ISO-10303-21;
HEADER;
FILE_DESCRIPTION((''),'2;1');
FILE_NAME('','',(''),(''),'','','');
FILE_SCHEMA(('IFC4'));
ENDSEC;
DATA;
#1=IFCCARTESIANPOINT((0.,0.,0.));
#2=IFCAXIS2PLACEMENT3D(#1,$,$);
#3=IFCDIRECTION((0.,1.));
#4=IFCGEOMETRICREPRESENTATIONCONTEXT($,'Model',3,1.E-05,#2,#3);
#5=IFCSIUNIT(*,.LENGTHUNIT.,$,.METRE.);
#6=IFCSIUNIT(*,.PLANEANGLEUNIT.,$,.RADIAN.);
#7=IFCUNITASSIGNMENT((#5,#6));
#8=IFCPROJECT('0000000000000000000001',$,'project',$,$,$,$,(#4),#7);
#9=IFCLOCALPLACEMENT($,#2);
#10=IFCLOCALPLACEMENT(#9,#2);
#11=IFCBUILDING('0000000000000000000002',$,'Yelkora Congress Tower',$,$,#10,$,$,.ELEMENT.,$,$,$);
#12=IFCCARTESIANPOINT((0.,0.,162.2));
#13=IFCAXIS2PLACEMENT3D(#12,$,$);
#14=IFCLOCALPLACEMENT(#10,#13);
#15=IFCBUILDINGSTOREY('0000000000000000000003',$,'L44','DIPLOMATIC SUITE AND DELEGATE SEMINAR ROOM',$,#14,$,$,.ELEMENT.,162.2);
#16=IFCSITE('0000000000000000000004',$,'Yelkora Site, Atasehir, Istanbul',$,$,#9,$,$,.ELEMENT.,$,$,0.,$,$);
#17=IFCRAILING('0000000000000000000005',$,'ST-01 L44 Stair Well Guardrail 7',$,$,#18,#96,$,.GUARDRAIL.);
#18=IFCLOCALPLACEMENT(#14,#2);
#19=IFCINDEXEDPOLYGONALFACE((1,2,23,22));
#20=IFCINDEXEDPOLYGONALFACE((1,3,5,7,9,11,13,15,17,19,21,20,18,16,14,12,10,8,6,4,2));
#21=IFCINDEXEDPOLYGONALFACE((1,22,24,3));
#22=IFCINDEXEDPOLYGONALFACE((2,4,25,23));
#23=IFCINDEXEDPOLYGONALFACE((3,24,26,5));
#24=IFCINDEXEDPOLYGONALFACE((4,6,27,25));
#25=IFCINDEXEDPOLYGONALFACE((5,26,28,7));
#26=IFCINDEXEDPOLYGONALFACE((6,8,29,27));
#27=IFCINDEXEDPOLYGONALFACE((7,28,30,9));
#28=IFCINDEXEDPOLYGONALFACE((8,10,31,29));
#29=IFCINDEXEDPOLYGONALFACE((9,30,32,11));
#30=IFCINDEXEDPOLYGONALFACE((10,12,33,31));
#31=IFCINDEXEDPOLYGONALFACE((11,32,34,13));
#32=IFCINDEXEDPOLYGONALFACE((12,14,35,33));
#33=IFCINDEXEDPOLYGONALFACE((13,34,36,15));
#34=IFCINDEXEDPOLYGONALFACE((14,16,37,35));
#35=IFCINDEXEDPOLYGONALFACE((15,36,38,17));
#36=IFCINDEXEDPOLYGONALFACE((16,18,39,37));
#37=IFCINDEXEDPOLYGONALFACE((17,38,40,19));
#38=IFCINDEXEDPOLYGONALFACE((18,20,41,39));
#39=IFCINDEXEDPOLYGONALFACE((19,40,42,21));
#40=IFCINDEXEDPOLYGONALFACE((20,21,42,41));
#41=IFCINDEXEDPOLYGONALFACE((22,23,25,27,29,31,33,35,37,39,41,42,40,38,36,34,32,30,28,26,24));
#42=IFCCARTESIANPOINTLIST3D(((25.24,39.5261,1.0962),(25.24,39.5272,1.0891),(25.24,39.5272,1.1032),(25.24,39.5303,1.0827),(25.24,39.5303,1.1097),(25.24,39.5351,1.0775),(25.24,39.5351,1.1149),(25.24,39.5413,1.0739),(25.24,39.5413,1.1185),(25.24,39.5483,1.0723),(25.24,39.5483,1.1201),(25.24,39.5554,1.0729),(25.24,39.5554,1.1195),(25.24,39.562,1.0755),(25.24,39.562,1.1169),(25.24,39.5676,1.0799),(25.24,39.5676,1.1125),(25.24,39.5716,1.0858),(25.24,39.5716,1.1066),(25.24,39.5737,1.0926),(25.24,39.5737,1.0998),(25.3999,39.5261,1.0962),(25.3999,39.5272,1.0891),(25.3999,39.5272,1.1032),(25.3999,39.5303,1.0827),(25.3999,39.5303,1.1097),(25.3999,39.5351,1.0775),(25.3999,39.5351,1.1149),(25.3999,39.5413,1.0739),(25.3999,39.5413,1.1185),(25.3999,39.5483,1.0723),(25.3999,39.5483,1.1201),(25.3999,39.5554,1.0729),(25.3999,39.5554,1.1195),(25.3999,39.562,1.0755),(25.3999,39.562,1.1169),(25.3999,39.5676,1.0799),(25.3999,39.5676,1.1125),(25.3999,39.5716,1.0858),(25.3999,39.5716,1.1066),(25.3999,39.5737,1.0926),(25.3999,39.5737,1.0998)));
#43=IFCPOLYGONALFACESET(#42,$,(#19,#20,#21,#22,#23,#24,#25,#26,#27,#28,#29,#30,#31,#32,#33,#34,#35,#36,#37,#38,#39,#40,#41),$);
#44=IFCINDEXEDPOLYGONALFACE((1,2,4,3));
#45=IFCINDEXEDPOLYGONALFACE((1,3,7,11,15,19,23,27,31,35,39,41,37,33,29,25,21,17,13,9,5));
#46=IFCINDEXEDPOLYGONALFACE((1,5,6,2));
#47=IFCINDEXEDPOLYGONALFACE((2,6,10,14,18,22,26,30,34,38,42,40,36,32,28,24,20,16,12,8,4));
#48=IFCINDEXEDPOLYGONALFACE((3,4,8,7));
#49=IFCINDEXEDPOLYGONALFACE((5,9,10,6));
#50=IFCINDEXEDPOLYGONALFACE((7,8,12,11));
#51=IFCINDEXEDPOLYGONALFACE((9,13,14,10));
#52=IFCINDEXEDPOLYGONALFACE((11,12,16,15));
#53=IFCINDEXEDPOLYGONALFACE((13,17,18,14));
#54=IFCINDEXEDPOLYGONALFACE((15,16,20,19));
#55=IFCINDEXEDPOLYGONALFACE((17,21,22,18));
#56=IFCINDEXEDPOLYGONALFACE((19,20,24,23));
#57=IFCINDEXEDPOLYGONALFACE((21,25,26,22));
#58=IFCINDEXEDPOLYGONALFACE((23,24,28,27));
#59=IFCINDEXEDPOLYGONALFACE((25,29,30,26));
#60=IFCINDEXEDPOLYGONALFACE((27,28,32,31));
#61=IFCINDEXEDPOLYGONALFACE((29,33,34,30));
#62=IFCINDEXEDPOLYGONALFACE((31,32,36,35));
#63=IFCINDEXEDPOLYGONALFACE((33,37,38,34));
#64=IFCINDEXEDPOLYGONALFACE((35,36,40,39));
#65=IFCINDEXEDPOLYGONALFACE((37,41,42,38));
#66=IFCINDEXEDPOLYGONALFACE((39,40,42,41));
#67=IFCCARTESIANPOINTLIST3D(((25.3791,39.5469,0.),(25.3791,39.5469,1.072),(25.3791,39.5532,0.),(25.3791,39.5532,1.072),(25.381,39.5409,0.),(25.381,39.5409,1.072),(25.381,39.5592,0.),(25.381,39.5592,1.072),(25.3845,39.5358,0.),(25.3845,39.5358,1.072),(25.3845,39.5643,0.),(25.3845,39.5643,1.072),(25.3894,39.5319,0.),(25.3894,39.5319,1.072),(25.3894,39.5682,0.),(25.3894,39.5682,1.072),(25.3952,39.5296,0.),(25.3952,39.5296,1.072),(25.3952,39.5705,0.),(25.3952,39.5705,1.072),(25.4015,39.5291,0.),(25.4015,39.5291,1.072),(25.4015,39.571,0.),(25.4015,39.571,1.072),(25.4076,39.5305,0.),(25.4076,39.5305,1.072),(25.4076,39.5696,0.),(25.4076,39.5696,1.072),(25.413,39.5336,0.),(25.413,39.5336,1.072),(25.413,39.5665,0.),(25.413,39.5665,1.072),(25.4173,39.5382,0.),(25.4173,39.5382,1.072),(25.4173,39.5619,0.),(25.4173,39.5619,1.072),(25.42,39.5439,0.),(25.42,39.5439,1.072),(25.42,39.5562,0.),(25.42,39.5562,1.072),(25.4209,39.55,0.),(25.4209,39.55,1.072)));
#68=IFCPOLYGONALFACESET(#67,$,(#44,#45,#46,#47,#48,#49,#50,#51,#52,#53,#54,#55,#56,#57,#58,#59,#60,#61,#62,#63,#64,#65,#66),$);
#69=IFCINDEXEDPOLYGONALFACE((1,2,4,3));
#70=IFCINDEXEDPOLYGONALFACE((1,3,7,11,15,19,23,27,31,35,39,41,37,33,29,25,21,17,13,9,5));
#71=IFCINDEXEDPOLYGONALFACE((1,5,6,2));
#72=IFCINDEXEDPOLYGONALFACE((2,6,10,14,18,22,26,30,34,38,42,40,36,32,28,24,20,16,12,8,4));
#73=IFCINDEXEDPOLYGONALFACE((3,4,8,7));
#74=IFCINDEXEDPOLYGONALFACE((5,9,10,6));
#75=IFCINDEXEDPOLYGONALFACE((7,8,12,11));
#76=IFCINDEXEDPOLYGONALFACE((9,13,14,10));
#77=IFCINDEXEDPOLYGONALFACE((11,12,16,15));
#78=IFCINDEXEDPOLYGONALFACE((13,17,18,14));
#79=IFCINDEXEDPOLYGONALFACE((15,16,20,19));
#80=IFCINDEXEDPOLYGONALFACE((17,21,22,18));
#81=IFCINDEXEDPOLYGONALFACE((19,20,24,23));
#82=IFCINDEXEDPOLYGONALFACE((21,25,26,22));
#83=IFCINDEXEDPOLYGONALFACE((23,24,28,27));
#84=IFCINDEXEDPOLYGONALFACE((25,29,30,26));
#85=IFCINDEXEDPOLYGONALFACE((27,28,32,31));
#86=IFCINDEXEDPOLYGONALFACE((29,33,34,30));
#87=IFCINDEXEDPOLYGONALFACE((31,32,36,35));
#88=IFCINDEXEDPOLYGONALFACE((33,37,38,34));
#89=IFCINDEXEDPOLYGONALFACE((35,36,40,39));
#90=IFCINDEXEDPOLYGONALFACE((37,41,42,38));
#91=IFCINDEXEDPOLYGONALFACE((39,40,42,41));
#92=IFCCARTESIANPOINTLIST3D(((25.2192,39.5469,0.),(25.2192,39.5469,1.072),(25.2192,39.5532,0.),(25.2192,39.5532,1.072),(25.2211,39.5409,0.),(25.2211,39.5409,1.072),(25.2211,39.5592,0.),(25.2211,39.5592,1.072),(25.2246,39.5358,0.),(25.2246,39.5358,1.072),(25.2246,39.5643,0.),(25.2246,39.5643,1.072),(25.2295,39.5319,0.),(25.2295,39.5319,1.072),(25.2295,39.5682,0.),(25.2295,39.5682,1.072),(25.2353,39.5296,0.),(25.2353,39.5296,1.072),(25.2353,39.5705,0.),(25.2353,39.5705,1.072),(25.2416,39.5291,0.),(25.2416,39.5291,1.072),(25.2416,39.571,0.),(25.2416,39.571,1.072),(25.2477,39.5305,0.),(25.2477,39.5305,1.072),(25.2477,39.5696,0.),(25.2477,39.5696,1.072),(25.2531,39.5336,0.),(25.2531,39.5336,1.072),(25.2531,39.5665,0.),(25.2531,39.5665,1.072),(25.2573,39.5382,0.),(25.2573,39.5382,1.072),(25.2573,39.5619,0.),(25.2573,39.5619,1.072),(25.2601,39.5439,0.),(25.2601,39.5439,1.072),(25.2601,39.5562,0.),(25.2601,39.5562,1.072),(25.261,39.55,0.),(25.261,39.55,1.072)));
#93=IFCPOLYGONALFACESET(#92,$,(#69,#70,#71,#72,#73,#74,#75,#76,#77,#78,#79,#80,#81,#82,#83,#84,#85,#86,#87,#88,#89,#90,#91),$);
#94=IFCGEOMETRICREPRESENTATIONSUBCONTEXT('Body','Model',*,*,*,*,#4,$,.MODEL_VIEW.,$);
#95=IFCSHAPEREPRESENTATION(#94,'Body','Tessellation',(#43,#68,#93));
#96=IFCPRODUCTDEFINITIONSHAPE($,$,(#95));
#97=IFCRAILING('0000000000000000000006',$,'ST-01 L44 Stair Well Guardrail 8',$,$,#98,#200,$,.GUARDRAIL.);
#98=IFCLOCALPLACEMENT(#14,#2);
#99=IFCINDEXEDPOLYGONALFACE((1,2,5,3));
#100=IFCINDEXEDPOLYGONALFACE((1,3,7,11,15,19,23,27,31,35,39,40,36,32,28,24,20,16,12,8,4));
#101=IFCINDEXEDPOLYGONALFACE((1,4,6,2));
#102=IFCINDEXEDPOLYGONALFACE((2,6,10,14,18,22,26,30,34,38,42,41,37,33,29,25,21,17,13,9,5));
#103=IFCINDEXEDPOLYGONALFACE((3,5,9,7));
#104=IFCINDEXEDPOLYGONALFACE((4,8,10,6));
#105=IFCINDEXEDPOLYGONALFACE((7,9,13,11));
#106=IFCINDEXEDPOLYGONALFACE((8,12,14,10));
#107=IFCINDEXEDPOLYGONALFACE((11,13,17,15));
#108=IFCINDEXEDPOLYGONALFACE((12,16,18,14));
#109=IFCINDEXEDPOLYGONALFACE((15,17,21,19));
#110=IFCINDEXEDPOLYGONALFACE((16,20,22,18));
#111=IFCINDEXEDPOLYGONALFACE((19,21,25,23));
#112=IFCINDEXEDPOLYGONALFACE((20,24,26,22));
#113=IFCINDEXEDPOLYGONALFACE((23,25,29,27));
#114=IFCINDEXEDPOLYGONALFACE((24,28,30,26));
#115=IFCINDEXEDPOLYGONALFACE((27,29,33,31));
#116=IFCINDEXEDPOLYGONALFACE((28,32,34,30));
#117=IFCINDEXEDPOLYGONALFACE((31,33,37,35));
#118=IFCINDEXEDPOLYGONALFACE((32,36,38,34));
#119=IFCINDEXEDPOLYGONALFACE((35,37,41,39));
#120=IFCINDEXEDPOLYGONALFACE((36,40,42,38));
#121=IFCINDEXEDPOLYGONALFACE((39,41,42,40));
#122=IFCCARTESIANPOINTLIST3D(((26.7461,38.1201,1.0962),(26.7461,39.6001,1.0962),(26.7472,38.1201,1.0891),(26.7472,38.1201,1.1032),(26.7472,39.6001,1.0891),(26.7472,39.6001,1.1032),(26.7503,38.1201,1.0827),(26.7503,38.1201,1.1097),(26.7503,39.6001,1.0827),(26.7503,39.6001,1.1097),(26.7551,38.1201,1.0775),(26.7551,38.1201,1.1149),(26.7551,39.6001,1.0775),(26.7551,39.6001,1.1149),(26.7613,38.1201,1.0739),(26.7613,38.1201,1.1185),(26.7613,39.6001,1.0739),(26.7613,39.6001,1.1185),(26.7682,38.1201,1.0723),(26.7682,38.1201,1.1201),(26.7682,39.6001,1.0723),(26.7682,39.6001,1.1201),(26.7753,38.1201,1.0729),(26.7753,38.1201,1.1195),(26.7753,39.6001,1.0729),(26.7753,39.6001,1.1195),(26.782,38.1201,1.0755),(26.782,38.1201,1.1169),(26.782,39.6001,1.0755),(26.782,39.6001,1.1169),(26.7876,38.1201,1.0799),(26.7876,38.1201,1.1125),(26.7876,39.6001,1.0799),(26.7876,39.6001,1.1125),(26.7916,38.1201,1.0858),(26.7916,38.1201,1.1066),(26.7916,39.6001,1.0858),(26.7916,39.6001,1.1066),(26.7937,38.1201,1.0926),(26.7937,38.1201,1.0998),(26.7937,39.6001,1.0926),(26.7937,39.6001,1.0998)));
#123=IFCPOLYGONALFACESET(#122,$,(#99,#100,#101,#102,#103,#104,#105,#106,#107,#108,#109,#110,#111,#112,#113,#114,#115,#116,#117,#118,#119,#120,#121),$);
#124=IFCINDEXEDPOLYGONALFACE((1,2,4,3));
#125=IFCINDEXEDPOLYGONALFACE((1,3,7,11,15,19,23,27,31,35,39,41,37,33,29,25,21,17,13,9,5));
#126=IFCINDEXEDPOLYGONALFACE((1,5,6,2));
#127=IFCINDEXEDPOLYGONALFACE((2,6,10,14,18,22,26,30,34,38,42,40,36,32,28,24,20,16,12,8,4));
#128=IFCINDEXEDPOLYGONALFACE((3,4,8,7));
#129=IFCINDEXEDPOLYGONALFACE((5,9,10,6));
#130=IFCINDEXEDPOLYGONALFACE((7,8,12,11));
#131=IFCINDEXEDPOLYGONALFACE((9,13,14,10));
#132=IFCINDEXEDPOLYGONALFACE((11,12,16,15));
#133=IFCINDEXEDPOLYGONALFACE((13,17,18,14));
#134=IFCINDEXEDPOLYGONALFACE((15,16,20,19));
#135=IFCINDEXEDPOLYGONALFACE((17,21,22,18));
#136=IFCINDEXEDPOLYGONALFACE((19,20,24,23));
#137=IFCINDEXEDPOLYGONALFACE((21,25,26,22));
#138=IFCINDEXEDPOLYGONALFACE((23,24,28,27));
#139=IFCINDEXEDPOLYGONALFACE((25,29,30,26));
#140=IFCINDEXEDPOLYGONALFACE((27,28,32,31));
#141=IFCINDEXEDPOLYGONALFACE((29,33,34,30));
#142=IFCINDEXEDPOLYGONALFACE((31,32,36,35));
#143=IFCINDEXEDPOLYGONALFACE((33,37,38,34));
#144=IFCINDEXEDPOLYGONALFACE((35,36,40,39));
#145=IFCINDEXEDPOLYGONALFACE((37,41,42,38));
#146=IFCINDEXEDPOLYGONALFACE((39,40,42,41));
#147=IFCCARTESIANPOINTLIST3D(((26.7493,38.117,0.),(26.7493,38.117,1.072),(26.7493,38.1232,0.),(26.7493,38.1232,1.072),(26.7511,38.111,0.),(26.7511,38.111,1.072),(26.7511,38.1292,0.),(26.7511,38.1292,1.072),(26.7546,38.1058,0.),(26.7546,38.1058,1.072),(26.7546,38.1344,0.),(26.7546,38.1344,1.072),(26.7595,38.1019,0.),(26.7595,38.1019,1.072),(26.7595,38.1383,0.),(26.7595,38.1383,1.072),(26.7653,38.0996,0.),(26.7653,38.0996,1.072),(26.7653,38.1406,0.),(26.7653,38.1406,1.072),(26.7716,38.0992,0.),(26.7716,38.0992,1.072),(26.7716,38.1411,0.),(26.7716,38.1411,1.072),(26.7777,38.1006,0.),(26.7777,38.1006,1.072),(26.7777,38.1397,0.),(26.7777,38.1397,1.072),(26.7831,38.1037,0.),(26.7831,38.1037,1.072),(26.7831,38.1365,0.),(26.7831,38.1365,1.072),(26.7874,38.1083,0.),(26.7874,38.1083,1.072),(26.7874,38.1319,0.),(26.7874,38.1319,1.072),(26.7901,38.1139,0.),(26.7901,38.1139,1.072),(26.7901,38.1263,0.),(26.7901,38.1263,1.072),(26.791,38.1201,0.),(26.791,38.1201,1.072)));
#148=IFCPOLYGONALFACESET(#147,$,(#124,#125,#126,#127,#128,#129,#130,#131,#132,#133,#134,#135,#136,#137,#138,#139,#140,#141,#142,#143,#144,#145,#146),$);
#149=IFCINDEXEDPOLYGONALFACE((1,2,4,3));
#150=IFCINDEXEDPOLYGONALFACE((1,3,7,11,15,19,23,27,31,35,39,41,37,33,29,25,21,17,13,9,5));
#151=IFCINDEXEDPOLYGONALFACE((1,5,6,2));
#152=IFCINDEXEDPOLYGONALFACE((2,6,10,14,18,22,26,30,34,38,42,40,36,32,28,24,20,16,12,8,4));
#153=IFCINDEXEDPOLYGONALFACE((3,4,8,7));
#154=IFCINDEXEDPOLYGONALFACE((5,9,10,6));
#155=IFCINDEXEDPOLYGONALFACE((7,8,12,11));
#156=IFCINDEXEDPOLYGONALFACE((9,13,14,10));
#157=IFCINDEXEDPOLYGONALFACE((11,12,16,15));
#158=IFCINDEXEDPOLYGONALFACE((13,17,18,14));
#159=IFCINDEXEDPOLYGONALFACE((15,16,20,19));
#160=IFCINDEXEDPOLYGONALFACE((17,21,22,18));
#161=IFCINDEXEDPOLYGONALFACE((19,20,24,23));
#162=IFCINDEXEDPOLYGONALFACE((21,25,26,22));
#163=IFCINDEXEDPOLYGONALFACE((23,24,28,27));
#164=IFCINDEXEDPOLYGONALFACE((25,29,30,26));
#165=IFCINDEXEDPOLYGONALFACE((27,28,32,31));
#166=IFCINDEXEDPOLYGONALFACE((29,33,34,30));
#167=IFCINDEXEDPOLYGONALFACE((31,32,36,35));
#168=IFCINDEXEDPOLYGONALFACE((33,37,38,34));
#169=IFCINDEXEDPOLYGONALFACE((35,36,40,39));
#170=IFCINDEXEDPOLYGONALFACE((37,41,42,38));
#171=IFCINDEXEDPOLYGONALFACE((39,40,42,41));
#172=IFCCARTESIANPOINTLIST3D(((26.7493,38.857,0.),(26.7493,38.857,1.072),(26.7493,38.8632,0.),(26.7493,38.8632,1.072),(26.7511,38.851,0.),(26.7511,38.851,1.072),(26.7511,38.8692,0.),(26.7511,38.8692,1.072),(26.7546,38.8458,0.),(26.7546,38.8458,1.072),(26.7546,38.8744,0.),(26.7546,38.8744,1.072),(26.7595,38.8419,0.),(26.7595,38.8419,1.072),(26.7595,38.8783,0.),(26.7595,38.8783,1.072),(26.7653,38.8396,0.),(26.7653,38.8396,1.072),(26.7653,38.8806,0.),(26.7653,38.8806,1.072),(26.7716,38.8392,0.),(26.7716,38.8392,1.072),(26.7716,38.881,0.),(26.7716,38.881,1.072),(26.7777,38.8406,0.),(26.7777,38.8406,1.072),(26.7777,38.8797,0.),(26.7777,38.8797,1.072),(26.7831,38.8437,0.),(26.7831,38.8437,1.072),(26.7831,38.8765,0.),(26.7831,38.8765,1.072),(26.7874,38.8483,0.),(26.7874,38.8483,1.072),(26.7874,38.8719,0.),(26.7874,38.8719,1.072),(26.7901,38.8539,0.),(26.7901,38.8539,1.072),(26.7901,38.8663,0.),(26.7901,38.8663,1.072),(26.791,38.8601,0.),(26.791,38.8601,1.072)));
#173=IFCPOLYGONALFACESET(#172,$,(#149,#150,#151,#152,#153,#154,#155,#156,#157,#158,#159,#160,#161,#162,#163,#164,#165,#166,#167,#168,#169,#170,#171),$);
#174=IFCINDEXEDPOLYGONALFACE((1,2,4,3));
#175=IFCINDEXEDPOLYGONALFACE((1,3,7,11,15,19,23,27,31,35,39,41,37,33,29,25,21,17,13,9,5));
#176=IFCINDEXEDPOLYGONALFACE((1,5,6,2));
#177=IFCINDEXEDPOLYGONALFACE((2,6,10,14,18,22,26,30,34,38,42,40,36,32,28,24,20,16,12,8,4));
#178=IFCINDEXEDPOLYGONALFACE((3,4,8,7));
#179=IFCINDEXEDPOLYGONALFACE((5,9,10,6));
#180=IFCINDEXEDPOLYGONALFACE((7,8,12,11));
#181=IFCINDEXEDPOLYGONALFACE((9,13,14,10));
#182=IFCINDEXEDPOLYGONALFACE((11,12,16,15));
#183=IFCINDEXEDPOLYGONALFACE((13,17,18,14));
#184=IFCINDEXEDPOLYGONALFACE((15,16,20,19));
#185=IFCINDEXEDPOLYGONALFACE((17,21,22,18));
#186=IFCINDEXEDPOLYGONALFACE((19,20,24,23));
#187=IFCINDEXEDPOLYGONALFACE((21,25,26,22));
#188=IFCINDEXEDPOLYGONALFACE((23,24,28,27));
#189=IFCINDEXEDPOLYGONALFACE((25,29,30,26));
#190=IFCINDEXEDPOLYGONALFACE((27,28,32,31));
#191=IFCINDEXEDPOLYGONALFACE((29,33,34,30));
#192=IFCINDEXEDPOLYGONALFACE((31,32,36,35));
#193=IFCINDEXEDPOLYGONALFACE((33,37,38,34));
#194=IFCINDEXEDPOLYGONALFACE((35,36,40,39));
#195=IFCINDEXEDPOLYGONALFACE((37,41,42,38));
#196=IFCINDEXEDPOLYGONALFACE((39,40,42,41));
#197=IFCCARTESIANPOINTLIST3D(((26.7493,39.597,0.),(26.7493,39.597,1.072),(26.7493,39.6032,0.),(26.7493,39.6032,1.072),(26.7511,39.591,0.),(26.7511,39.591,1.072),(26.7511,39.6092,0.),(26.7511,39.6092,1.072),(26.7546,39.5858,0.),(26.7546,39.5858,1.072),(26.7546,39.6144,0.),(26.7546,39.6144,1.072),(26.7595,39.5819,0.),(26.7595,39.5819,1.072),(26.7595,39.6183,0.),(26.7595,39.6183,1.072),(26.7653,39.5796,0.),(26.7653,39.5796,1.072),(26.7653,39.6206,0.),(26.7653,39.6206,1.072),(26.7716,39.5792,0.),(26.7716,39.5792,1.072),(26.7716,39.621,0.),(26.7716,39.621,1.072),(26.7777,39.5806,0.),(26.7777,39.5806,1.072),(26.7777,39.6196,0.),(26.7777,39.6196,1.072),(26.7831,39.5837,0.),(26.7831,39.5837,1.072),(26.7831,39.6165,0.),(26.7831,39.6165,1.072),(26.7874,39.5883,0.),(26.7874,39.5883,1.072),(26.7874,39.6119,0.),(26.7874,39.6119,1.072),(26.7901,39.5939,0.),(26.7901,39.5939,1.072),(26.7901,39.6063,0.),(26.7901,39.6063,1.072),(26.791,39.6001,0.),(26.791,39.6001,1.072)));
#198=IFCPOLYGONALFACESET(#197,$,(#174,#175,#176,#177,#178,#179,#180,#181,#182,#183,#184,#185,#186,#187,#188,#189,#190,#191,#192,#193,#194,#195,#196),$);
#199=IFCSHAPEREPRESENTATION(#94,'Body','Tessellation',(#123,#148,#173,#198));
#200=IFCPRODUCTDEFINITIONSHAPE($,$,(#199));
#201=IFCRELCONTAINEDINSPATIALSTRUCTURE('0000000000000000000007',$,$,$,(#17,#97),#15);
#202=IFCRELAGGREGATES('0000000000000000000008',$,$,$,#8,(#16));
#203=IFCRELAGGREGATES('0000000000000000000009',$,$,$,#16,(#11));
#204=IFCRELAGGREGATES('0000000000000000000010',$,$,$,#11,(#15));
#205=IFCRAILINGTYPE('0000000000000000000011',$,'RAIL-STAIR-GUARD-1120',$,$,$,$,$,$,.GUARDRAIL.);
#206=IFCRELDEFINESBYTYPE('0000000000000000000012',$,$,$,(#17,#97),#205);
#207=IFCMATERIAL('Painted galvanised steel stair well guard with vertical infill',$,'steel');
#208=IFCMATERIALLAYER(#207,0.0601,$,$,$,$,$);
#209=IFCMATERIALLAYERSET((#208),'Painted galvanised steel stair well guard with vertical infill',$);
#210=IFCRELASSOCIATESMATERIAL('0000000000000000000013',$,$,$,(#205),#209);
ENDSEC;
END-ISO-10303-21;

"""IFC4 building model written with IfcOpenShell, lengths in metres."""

from ifc_helpers import new_model, si_unit, direction, frame, origin, origin_2d, place, context, subcontext, project, spatial, circle, extrude, material, layer, layer_set, type_object, element, save


model = new_model("IFC4")

# Units and contexts
model_context = context("Model", 3, precision=1e-05, world=origin(), true_north=direction((0.0, 1.0)))
body_context = subcontext(model_context, "Body", "Model", "MODEL_VIEW")
ifc_project = project(units=[si_unit("LENGTHUNIT", "METRE"), si_unit("PLANEANGLEUNIT", "RADIAN")], contexts=[model_context])

# Site, building, storey
site_placement = place(None, origin())
site = spatial("IfcSite", under=ifc_project, at=site_placement, Name="Yelkora Site, Atasehir, Istanbul", CompositionType="ELEMENT", RefElevation=0.0)
building_placement = place(site_placement, origin())
building = spatial("IfcBuilding", under=site, at=building_placement, Name="Yelkora Congress Tower", CompositionType="ELEMENT")
storey_placement = place(building_placement, frame((0.0, 0.0, 162.2)))
storey = spatial("IfcBuildingStorey", under=building, at=storey_placement, Name="L44", Description="DIPLOMATIC SUITE AND DELEGATE SEMINAR ROOM", CompositionType="ELEMENT", Elevation=162.2)

# Railings
ifc_material_1 = material(Name="Painted galvanised steel stair well guard with vertical infill", Category="steel")
ifc_layer_1 = layer(ifc_material_1, 0.0601)
ifc_layer_set_1 = layer_set([ifc_layer_1], Name="Painted galvanised steel stair well guard with vertical infill")
railing_type_1 = type_object("IfcRailingType", Name="RAIL-STAIR-GUARD-1120", PredefinedType="GUARDRAIL", material=ifc_layer_set_1)
railing_1_placement = place(storey_placement, frame((25.3999, 39.55, 0.0)))
element("IfcRailing", 1, at=railing_1_placement, inside=storey, type_object=railing_type_1, Name="ST-01 L44 Stair Well Guardrail 7", PredefinedType="GUARDRAIL", context=body_context, shape_type="SweptSolid", body=[
    extrude(circle(Radius=0.0239, at=origin_2d()), frame((0.0, 0.0, 1.0962), z_axis=(-1.0, 0.0, 0.0), x_axis=(0.0, -1.0, 0.0)), (0.0, 0.0, 1.0), 0.1599),
    extrude(circle(Radius=0.021, at=origin_2d()), origin(), (0.0, 0.0, 1.0), 1.072),
    extrude(circle(Radius=0.021, at=origin_2d()), frame((-0.1599, 0.0, 0.0)), (0.0, 0.0, 1.0), 1.072),
])
for number, where, name in (
    (2, (26.77, 38.1201, 0.0), "ST-01 L44 Stair Well Guardrail 8"),
):
    element("IfcRailing", number, at=place(storey_placement, frame(where)), inside=storey, type_object=railing_type_1, Name=name, PredefinedType="GUARDRAIL", context=body_context, shape_type="SweptSolid", body=[
        extrude(circle(Radius=0.0239, at=origin_2d()), frame((0.0, 0.0, 1.0962), z_axis=(0.0, 1.0, 0.0), x_axis=(-1.0, 0.0, 0.0)), (0.0, 0.0, 1.0), 1.48),
        extrude(circle(Radius=0.021, at=origin_2d()), origin(), (0.0, 0.0, 1.0), 1.072),
        extrude(circle(Radius=0.021, at=origin_2d()), frame((0.0, 0.74, 0.0)), (0.0, 0.0, 1.0), 1.072),
        extrude(circle(Radius=0.021, at=origin_2d()), frame((0.0, 1.48, 0.0)), (0.0, 0.0, 1.0), 1.072),
    ])

save(model, "model.ifc")
